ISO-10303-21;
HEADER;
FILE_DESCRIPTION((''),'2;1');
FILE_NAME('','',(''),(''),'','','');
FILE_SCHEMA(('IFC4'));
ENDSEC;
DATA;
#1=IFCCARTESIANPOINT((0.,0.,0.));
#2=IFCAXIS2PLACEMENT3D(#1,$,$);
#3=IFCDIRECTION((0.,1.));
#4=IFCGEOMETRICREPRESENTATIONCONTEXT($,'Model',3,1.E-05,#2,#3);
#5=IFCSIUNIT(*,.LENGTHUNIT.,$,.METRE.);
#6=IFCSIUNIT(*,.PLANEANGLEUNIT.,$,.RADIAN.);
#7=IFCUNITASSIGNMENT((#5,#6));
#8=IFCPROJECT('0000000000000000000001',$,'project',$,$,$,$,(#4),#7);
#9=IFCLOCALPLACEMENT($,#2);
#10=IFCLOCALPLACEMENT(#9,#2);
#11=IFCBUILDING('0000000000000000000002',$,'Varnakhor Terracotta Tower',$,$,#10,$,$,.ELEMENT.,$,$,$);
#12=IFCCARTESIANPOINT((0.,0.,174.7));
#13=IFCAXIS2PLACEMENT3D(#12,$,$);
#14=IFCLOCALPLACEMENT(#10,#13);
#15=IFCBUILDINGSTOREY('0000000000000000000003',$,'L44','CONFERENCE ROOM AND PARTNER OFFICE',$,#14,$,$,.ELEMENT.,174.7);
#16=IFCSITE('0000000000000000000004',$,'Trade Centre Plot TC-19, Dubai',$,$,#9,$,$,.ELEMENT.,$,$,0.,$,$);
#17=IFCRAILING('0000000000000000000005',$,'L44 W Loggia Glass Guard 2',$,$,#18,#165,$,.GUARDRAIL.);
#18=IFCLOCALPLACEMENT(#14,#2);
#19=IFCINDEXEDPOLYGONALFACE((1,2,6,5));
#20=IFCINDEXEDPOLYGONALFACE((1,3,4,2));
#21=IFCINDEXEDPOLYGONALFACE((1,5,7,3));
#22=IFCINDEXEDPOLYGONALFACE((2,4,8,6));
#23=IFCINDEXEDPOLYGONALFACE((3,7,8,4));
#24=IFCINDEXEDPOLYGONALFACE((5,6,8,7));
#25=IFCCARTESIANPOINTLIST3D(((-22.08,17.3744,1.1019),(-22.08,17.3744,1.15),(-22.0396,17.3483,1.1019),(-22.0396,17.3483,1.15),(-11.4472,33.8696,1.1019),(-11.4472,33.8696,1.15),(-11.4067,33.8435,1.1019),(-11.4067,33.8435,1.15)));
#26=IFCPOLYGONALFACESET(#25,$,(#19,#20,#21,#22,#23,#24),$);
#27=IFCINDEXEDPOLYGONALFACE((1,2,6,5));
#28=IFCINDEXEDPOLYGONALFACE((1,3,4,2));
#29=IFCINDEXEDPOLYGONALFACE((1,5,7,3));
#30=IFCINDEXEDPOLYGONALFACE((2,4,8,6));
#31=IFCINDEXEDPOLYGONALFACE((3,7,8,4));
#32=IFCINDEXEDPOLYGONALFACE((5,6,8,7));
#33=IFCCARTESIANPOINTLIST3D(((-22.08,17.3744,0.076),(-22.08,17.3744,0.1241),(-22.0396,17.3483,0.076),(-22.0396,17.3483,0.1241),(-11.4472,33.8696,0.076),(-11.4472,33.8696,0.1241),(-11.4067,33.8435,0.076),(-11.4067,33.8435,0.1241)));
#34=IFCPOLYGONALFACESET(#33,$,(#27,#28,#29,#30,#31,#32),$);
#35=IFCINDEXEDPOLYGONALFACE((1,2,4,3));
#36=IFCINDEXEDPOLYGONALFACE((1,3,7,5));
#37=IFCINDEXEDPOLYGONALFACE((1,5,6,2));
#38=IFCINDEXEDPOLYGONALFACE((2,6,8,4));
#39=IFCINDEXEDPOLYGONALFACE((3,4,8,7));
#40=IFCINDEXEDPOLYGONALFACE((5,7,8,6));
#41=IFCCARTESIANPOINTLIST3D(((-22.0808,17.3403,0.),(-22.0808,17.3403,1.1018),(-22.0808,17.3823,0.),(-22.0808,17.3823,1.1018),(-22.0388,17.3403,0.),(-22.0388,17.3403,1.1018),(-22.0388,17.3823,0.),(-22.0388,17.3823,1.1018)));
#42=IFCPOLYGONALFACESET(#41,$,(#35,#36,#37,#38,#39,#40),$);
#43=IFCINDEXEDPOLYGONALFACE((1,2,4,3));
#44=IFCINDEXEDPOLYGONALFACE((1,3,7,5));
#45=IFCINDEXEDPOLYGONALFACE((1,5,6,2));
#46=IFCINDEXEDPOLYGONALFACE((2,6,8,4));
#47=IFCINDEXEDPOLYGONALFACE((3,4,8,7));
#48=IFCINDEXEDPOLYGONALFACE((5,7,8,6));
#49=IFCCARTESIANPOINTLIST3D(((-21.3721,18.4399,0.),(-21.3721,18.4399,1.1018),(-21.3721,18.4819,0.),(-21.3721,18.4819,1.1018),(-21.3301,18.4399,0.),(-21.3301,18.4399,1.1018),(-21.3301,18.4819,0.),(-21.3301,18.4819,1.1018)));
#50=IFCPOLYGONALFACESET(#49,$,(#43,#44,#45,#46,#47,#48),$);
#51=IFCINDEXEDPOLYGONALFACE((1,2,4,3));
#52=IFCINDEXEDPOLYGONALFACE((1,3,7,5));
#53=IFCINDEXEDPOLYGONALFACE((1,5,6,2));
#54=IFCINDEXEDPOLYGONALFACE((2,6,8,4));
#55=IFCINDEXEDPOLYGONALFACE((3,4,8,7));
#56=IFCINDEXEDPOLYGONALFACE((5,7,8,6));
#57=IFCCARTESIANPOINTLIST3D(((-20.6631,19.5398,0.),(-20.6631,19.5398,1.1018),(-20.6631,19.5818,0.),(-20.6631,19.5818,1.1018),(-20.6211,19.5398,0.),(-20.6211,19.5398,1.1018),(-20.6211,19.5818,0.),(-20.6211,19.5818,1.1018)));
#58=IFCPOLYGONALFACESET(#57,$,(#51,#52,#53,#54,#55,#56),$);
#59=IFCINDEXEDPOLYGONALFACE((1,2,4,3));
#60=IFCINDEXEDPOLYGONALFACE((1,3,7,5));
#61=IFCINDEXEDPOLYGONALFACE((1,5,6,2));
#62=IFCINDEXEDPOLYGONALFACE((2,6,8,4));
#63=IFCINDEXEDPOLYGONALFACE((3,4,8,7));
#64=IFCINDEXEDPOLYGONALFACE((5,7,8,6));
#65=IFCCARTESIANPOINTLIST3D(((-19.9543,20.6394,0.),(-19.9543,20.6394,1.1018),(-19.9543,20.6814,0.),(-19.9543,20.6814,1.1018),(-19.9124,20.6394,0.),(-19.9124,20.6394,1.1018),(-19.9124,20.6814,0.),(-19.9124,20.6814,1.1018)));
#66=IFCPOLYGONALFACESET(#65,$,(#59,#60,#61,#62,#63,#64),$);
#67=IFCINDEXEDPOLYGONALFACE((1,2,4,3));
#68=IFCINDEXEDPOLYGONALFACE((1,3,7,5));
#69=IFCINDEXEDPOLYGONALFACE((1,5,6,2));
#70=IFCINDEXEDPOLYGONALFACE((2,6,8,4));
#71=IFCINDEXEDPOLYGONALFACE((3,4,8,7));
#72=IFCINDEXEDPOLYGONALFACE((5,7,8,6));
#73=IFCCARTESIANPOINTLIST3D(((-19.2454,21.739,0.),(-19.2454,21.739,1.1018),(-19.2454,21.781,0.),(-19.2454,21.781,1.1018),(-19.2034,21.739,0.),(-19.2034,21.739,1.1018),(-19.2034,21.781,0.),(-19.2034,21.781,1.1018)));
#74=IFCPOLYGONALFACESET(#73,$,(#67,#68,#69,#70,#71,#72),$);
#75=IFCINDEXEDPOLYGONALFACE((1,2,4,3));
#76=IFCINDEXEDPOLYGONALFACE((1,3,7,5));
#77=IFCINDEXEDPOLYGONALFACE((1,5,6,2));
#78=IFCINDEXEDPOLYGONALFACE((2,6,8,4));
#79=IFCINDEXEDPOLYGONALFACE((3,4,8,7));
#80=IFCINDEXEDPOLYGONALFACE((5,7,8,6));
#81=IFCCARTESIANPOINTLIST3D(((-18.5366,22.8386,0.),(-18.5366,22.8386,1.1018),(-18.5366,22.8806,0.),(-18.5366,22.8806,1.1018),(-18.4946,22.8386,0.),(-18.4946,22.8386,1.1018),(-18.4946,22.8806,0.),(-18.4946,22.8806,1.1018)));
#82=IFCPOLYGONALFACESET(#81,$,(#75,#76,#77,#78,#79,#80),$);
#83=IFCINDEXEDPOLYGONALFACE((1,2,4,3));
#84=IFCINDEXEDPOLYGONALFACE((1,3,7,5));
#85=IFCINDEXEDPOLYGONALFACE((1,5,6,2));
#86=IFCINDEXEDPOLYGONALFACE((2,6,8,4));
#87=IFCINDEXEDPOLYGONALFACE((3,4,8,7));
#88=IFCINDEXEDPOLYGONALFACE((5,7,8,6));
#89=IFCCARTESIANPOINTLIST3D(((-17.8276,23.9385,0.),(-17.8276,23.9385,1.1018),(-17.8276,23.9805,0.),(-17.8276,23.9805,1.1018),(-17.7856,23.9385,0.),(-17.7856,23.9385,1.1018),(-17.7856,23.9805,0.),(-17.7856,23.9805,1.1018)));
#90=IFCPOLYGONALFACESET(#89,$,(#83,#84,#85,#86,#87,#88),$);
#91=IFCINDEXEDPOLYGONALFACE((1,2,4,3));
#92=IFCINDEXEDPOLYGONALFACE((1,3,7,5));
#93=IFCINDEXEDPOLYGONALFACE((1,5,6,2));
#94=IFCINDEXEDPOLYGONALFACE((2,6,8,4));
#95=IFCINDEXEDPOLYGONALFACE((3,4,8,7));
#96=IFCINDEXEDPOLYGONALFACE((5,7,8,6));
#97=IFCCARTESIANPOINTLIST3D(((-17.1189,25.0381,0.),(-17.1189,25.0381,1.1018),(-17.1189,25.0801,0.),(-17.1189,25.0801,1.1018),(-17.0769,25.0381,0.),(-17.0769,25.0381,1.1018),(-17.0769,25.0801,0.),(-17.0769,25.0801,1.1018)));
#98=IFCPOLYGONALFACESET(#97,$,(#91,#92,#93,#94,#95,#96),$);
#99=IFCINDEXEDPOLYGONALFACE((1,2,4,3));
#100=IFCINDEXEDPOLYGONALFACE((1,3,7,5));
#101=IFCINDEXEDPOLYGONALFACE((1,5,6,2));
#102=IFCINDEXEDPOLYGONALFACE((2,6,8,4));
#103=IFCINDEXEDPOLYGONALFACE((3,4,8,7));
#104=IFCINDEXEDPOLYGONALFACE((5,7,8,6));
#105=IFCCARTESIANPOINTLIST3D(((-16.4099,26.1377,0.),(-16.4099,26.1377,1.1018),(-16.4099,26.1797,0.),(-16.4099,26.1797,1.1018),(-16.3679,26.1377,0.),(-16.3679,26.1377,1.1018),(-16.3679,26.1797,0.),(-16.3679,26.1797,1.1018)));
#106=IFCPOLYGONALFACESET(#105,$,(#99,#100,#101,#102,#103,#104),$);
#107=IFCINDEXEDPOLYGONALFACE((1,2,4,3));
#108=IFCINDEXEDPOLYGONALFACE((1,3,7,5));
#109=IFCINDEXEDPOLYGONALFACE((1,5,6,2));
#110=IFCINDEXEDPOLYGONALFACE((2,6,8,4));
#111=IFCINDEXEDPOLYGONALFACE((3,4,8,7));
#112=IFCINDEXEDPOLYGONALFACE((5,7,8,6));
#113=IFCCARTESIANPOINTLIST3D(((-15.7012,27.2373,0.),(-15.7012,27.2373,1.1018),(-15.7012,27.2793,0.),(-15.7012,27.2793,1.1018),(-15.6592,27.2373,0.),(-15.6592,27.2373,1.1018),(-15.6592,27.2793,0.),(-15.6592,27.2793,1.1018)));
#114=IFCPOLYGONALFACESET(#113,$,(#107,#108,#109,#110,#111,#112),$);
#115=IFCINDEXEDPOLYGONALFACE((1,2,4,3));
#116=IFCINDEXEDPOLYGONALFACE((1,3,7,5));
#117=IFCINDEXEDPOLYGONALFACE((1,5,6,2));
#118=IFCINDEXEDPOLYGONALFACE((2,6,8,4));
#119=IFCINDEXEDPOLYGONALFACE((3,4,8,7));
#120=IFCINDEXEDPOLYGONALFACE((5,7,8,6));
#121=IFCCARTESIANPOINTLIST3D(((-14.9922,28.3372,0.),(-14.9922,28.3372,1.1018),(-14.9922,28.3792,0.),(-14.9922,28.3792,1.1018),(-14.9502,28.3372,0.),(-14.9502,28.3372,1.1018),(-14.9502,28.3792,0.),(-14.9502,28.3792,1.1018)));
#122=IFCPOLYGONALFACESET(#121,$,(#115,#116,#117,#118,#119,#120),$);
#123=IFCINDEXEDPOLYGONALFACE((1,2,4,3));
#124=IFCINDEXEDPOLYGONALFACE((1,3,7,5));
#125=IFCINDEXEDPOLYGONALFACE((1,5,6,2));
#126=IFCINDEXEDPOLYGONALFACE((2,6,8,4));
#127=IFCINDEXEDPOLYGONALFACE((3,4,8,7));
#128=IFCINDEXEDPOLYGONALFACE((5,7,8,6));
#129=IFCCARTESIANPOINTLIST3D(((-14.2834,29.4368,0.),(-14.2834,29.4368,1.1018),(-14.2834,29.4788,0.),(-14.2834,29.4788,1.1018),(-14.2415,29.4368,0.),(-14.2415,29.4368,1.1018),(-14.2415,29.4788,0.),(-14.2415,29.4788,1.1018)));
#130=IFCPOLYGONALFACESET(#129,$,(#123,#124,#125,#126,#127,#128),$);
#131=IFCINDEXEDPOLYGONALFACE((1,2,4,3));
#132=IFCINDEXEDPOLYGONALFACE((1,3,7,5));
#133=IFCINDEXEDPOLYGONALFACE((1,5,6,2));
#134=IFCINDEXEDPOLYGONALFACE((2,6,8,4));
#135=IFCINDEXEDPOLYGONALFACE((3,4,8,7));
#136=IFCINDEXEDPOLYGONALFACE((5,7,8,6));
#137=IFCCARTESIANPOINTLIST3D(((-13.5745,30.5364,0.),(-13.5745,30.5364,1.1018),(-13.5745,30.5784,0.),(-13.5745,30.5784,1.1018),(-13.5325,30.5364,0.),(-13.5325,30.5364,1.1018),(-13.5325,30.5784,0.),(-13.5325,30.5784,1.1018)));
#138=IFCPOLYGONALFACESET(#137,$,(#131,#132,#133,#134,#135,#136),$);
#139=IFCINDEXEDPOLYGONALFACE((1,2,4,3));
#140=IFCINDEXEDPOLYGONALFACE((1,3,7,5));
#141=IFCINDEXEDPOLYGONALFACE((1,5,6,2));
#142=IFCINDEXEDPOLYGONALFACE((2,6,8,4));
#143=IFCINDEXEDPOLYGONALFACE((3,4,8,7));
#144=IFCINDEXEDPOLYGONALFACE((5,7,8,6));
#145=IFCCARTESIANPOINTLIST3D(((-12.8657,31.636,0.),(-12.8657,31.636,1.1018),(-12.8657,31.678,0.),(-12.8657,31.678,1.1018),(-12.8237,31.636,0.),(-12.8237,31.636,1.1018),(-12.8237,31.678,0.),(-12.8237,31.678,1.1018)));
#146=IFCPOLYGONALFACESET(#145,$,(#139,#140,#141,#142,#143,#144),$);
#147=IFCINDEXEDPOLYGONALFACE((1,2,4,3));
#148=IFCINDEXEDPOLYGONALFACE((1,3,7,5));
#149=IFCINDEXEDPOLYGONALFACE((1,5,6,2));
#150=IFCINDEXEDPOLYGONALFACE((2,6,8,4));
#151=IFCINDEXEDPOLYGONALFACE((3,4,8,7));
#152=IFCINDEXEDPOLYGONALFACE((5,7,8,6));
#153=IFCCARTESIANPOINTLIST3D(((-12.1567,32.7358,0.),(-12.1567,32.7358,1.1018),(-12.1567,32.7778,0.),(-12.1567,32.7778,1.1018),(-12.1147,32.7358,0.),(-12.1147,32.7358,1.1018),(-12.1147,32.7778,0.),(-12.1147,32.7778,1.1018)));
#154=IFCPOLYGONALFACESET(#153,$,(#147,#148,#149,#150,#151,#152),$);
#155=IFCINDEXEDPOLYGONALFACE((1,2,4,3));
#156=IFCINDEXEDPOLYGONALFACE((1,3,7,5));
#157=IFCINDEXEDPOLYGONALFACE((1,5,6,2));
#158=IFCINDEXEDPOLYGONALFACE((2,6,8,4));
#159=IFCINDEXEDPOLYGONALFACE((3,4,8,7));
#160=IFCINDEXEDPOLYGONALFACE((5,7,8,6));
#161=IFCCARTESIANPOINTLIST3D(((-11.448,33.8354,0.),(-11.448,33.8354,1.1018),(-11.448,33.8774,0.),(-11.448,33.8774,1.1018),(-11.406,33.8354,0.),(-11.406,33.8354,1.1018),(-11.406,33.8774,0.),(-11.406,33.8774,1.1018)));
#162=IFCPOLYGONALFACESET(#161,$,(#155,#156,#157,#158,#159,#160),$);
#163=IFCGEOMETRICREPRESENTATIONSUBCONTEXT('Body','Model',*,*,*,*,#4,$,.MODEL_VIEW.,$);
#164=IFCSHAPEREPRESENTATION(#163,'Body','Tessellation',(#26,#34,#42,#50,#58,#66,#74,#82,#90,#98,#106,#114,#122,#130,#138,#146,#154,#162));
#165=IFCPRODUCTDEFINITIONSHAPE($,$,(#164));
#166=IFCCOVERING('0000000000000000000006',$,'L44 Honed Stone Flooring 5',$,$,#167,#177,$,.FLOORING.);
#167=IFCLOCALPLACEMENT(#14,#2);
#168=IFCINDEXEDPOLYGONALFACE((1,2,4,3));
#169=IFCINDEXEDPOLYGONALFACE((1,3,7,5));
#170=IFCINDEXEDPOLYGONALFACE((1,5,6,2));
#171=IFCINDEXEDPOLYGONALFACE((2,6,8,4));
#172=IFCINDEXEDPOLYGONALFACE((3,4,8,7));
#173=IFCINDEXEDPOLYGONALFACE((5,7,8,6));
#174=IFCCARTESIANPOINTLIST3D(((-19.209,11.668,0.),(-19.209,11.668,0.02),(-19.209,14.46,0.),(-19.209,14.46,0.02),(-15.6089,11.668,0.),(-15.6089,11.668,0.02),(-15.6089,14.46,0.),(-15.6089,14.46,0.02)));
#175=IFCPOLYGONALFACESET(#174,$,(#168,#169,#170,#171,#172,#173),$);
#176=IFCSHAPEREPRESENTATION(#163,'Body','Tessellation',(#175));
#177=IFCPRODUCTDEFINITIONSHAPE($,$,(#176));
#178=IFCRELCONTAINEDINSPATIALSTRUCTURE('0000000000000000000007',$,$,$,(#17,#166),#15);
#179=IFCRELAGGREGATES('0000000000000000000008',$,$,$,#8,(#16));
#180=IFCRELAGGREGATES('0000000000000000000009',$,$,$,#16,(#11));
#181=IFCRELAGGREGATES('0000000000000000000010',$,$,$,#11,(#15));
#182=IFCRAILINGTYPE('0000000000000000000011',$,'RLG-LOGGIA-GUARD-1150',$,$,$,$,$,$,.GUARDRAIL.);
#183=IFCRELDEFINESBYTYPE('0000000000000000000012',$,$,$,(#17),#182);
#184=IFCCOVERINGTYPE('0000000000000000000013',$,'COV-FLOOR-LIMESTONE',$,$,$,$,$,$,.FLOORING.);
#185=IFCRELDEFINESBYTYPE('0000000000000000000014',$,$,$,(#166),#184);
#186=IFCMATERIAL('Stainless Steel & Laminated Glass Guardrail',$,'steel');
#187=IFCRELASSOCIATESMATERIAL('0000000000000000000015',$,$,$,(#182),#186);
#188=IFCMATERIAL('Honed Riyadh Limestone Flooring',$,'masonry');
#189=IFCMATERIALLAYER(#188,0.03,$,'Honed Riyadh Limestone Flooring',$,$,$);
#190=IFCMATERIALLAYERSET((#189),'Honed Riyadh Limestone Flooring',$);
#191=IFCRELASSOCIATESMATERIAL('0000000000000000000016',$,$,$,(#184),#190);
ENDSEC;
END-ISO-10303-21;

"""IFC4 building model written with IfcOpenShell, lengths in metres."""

from ifc_helpers import new_model, si_unit, direction, frame, origin, origin_2d, place, context, subcontext, project, spatial, rectangle, extrude, source, transform, mapped, material, layer, layer_set, type_object, element, save


model = new_model("IFC4")

# Units and contexts
model_context = context("Model", 3, precision=1e-05, world=origin(), true_north=direction((0.0, 1.0)))
body_context = subcontext(model_context, "Body", "Model", "MODEL_VIEW")
ifc_project = project(units=[si_unit("LENGTHUNIT", "METRE"), si_unit("PLANEANGLEUNIT", "RADIAN")], contexts=[model_context])

# Site, building, storey
site_placement = place(None, origin())
site = spatial("IfcSite", under=ifc_project, at=site_placement, Name="Trade Centre Plot TC-19, Dubai", CompositionType="ELEMENT", RefElevation=0.0)
building_placement = place(site_placement, origin())
building = spatial("IfcBuilding", under=site, at=building_placement, Name="Varnakhor Terracotta Tower", CompositionType="ELEMENT")
storey_placement = place(building_placement, frame((0.0, 0.0, 174.7)))
storey = spatial("IfcBuildingStorey", under=building, at=storey_placement, Name="L44", Description="CONFERENCE ROOM AND PARTNER OFFICE", CompositionType="ELEMENT", Elevation=174.7)

# Railing
ifc_material_1 = material(Name="Stainless Steel & Laminated Glass Guardrail", Category="steel")
railing_type = type_object("IfcRailingType", Name="RLG-LOGGIA-GUARD-1150", PredefinedType="GUARDRAIL", material=ifc_material_1)
railing_1_placement = place(storey_placement, frame((-22.0598, 17.3613, 0.0)))
element("IfcRailing", 1, at=railing_1_placement, inside=storey, type_object=railing_type, Name="L44 W Loggia Glass Guard 2", PredefinedType="GUARDRAIL", context=body_context, shape_type="SweptSolid", body=[
    extrude(rectangle(XDim=0.0481, YDim=0.0481, at=origin_2d()), frame((0.0, 0.0, 1.126), z_axis=(0.541796, 0.84051, 0.0), x_axis=(-0.84051, 0.541796, 0.0)), (0.0, 0.0, 1.0), 19.6252),
    extrude(rectangle(XDim=0.0481, YDim=0.0481, at=origin_2d()), frame((0.0, 0.0, 0.1001), z_axis=(0.541796, 0.84051, 0.0), x_axis=(-0.84051, 0.541796, 0.0)), (0.0, 0.0, 1.0), 19.6252),
    extrude(rectangle(XDim=0.042, YDim=0.042, at=origin_2d()), origin(), (0.0, 0.0, 1.0), 1.1018),
    extrude(rectangle(XDim=0.042, YDim=0.042, at=origin_2d()), frame((0.7087, 1.0996, 0.0)), (0.0, 0.0, 1.0), 1.1018),
    extrude(rectangle(XDim=0.042, YDim=0.042, at=origin_2d()), frame((1.4177, 2.1995, 0.0)), (0.0, 0.0, 1.0), 1.1018),
    extrude(rectangle(XDim=0.042, YDim=0.042, at=origin_2d()), frame((2.1265, 3.2991, 0.0)), (0.0, 0.0, 1.0), 1.1018),
    extrude(rectangle(XDim=0.042, YDim=0.042, at=origin_2d()), frame((2.8354, 4.3987, 0.0)), (0.0, 0.0, 1.0), 1.1018),
    extrude(rectangle(XDim=0.042, YDim=0.042, at=origin_2d()), frame((3.5442, 5.4983, 0.0)), (0.0, 0.0, 1.0), 1.1018),
    extrude(rectangle(XDim=0.042, YDim=0.042, at=origin_2d()), frame((4.2532, 6.5981, 0.0)), (0.0, 0.0, 1.0), 1.1018),
    extrude(rectangle(XDim=0.042, YDim=0.042, at=origin_2d()), frame((4.9619, 7.6978, 0.0)), (0.0, 0.0, 1.0), 1.1018),
    extrude(rectangle(XDim=0.042, YDim=0.042, at=origin_2d()), frame((5.6709, 8.7974, 0.0)), (0.0, 0.0, 1.0), 1.1018),
    extrude(rectangle(XDim=0.042, YDim=0.042, at=origin_2d()), frame((6.3796, 9.897, 0.0)), (0.0, 0.0, 1.0), 1.1018),
    extrude(rectangle(XDim=0.042, YDim=0.042, at=origin_2d()), frame((7.0886, 10.9968, 0.0)), (0.0, 0.0, 1.0), 1.1018),
    extrude(rectangle(XDim=0.042, YDim=0.042, at=origin_2d()), frame((7.7974, 12.0964, 0.0)), (0.0, 0.0, 1.0), 1.1018),
    extrude(rectangle(XDim=0.042, YDim=0.042, at=origin_2d()), frame((8.5063, 13.196, 0.0)), (0.0, 0.0, 1.0), 1.1018),
    extrude(rectangle(XDim=0.042, YDim=0.042, at=origin_2d()), frame((9.2151, 14.2957, 0.0)), (0.0, 0.0, 1.0), 1.1018),
    extrude(rectangle(XDim=0.042, YDim=0.042, at=origin_2d()), frame((9.9241, 15.3955, 0.0)), (0.0, 0.0, 1.0), 1.1018),
    extrude(rectangle(XDim=0.042, YDim=0.042, at=origin_2d()), frame((10.6328, 16.4951, 0.0)), (0.0, 0.0, 1.0), 1.1018),
])

# Covering
ifc_material_2 = material(Name="Honed Riyadh Limestone Flooring", Category="masonry")
ifc_layer_1 = layer(ifc_material_2, 0.03, Name="Honed Riyadh Limestone Flooring")
ifc_layer_set_1 = layer_set([ifc_layer_1], Name="Honed Riyadh Limestone Flooring")
covering_type = type_object("IfcCoveringType", Name="COV-FLOOR-LIMESTONE", PredefinedType="FLOORING", material=ifc_layer_set_1)
shared_shape_1 = source(origin(), body_context, "Body", "SweptSolid", [
    extrude(rectangle(XDim=3.6001, YDim=2.792, at=origin_2d()), origin(), (0.0, 0.0, 1.0), 0.02),
])
covering_placement = place(storey_placement, frame((-17.4089, 13.064, 0.0), z_axis=(0.0, 0.0, 1.0), x_axis=(1.0, 0.0, 0.0)))
element("IfcCovering", 2, at=covering_placement, inside=storey, type_object=covering_type, Name="L44 Honed Stone Flooring 5", PredefinedType="FLOORING", context=body_context, shape_type="MappedRepresentation", body=[
    mapped(shared_shape_1, transform((0.0, 0.0, 0.0), scale=1.0)),
])

save(model, "model.ifc")
